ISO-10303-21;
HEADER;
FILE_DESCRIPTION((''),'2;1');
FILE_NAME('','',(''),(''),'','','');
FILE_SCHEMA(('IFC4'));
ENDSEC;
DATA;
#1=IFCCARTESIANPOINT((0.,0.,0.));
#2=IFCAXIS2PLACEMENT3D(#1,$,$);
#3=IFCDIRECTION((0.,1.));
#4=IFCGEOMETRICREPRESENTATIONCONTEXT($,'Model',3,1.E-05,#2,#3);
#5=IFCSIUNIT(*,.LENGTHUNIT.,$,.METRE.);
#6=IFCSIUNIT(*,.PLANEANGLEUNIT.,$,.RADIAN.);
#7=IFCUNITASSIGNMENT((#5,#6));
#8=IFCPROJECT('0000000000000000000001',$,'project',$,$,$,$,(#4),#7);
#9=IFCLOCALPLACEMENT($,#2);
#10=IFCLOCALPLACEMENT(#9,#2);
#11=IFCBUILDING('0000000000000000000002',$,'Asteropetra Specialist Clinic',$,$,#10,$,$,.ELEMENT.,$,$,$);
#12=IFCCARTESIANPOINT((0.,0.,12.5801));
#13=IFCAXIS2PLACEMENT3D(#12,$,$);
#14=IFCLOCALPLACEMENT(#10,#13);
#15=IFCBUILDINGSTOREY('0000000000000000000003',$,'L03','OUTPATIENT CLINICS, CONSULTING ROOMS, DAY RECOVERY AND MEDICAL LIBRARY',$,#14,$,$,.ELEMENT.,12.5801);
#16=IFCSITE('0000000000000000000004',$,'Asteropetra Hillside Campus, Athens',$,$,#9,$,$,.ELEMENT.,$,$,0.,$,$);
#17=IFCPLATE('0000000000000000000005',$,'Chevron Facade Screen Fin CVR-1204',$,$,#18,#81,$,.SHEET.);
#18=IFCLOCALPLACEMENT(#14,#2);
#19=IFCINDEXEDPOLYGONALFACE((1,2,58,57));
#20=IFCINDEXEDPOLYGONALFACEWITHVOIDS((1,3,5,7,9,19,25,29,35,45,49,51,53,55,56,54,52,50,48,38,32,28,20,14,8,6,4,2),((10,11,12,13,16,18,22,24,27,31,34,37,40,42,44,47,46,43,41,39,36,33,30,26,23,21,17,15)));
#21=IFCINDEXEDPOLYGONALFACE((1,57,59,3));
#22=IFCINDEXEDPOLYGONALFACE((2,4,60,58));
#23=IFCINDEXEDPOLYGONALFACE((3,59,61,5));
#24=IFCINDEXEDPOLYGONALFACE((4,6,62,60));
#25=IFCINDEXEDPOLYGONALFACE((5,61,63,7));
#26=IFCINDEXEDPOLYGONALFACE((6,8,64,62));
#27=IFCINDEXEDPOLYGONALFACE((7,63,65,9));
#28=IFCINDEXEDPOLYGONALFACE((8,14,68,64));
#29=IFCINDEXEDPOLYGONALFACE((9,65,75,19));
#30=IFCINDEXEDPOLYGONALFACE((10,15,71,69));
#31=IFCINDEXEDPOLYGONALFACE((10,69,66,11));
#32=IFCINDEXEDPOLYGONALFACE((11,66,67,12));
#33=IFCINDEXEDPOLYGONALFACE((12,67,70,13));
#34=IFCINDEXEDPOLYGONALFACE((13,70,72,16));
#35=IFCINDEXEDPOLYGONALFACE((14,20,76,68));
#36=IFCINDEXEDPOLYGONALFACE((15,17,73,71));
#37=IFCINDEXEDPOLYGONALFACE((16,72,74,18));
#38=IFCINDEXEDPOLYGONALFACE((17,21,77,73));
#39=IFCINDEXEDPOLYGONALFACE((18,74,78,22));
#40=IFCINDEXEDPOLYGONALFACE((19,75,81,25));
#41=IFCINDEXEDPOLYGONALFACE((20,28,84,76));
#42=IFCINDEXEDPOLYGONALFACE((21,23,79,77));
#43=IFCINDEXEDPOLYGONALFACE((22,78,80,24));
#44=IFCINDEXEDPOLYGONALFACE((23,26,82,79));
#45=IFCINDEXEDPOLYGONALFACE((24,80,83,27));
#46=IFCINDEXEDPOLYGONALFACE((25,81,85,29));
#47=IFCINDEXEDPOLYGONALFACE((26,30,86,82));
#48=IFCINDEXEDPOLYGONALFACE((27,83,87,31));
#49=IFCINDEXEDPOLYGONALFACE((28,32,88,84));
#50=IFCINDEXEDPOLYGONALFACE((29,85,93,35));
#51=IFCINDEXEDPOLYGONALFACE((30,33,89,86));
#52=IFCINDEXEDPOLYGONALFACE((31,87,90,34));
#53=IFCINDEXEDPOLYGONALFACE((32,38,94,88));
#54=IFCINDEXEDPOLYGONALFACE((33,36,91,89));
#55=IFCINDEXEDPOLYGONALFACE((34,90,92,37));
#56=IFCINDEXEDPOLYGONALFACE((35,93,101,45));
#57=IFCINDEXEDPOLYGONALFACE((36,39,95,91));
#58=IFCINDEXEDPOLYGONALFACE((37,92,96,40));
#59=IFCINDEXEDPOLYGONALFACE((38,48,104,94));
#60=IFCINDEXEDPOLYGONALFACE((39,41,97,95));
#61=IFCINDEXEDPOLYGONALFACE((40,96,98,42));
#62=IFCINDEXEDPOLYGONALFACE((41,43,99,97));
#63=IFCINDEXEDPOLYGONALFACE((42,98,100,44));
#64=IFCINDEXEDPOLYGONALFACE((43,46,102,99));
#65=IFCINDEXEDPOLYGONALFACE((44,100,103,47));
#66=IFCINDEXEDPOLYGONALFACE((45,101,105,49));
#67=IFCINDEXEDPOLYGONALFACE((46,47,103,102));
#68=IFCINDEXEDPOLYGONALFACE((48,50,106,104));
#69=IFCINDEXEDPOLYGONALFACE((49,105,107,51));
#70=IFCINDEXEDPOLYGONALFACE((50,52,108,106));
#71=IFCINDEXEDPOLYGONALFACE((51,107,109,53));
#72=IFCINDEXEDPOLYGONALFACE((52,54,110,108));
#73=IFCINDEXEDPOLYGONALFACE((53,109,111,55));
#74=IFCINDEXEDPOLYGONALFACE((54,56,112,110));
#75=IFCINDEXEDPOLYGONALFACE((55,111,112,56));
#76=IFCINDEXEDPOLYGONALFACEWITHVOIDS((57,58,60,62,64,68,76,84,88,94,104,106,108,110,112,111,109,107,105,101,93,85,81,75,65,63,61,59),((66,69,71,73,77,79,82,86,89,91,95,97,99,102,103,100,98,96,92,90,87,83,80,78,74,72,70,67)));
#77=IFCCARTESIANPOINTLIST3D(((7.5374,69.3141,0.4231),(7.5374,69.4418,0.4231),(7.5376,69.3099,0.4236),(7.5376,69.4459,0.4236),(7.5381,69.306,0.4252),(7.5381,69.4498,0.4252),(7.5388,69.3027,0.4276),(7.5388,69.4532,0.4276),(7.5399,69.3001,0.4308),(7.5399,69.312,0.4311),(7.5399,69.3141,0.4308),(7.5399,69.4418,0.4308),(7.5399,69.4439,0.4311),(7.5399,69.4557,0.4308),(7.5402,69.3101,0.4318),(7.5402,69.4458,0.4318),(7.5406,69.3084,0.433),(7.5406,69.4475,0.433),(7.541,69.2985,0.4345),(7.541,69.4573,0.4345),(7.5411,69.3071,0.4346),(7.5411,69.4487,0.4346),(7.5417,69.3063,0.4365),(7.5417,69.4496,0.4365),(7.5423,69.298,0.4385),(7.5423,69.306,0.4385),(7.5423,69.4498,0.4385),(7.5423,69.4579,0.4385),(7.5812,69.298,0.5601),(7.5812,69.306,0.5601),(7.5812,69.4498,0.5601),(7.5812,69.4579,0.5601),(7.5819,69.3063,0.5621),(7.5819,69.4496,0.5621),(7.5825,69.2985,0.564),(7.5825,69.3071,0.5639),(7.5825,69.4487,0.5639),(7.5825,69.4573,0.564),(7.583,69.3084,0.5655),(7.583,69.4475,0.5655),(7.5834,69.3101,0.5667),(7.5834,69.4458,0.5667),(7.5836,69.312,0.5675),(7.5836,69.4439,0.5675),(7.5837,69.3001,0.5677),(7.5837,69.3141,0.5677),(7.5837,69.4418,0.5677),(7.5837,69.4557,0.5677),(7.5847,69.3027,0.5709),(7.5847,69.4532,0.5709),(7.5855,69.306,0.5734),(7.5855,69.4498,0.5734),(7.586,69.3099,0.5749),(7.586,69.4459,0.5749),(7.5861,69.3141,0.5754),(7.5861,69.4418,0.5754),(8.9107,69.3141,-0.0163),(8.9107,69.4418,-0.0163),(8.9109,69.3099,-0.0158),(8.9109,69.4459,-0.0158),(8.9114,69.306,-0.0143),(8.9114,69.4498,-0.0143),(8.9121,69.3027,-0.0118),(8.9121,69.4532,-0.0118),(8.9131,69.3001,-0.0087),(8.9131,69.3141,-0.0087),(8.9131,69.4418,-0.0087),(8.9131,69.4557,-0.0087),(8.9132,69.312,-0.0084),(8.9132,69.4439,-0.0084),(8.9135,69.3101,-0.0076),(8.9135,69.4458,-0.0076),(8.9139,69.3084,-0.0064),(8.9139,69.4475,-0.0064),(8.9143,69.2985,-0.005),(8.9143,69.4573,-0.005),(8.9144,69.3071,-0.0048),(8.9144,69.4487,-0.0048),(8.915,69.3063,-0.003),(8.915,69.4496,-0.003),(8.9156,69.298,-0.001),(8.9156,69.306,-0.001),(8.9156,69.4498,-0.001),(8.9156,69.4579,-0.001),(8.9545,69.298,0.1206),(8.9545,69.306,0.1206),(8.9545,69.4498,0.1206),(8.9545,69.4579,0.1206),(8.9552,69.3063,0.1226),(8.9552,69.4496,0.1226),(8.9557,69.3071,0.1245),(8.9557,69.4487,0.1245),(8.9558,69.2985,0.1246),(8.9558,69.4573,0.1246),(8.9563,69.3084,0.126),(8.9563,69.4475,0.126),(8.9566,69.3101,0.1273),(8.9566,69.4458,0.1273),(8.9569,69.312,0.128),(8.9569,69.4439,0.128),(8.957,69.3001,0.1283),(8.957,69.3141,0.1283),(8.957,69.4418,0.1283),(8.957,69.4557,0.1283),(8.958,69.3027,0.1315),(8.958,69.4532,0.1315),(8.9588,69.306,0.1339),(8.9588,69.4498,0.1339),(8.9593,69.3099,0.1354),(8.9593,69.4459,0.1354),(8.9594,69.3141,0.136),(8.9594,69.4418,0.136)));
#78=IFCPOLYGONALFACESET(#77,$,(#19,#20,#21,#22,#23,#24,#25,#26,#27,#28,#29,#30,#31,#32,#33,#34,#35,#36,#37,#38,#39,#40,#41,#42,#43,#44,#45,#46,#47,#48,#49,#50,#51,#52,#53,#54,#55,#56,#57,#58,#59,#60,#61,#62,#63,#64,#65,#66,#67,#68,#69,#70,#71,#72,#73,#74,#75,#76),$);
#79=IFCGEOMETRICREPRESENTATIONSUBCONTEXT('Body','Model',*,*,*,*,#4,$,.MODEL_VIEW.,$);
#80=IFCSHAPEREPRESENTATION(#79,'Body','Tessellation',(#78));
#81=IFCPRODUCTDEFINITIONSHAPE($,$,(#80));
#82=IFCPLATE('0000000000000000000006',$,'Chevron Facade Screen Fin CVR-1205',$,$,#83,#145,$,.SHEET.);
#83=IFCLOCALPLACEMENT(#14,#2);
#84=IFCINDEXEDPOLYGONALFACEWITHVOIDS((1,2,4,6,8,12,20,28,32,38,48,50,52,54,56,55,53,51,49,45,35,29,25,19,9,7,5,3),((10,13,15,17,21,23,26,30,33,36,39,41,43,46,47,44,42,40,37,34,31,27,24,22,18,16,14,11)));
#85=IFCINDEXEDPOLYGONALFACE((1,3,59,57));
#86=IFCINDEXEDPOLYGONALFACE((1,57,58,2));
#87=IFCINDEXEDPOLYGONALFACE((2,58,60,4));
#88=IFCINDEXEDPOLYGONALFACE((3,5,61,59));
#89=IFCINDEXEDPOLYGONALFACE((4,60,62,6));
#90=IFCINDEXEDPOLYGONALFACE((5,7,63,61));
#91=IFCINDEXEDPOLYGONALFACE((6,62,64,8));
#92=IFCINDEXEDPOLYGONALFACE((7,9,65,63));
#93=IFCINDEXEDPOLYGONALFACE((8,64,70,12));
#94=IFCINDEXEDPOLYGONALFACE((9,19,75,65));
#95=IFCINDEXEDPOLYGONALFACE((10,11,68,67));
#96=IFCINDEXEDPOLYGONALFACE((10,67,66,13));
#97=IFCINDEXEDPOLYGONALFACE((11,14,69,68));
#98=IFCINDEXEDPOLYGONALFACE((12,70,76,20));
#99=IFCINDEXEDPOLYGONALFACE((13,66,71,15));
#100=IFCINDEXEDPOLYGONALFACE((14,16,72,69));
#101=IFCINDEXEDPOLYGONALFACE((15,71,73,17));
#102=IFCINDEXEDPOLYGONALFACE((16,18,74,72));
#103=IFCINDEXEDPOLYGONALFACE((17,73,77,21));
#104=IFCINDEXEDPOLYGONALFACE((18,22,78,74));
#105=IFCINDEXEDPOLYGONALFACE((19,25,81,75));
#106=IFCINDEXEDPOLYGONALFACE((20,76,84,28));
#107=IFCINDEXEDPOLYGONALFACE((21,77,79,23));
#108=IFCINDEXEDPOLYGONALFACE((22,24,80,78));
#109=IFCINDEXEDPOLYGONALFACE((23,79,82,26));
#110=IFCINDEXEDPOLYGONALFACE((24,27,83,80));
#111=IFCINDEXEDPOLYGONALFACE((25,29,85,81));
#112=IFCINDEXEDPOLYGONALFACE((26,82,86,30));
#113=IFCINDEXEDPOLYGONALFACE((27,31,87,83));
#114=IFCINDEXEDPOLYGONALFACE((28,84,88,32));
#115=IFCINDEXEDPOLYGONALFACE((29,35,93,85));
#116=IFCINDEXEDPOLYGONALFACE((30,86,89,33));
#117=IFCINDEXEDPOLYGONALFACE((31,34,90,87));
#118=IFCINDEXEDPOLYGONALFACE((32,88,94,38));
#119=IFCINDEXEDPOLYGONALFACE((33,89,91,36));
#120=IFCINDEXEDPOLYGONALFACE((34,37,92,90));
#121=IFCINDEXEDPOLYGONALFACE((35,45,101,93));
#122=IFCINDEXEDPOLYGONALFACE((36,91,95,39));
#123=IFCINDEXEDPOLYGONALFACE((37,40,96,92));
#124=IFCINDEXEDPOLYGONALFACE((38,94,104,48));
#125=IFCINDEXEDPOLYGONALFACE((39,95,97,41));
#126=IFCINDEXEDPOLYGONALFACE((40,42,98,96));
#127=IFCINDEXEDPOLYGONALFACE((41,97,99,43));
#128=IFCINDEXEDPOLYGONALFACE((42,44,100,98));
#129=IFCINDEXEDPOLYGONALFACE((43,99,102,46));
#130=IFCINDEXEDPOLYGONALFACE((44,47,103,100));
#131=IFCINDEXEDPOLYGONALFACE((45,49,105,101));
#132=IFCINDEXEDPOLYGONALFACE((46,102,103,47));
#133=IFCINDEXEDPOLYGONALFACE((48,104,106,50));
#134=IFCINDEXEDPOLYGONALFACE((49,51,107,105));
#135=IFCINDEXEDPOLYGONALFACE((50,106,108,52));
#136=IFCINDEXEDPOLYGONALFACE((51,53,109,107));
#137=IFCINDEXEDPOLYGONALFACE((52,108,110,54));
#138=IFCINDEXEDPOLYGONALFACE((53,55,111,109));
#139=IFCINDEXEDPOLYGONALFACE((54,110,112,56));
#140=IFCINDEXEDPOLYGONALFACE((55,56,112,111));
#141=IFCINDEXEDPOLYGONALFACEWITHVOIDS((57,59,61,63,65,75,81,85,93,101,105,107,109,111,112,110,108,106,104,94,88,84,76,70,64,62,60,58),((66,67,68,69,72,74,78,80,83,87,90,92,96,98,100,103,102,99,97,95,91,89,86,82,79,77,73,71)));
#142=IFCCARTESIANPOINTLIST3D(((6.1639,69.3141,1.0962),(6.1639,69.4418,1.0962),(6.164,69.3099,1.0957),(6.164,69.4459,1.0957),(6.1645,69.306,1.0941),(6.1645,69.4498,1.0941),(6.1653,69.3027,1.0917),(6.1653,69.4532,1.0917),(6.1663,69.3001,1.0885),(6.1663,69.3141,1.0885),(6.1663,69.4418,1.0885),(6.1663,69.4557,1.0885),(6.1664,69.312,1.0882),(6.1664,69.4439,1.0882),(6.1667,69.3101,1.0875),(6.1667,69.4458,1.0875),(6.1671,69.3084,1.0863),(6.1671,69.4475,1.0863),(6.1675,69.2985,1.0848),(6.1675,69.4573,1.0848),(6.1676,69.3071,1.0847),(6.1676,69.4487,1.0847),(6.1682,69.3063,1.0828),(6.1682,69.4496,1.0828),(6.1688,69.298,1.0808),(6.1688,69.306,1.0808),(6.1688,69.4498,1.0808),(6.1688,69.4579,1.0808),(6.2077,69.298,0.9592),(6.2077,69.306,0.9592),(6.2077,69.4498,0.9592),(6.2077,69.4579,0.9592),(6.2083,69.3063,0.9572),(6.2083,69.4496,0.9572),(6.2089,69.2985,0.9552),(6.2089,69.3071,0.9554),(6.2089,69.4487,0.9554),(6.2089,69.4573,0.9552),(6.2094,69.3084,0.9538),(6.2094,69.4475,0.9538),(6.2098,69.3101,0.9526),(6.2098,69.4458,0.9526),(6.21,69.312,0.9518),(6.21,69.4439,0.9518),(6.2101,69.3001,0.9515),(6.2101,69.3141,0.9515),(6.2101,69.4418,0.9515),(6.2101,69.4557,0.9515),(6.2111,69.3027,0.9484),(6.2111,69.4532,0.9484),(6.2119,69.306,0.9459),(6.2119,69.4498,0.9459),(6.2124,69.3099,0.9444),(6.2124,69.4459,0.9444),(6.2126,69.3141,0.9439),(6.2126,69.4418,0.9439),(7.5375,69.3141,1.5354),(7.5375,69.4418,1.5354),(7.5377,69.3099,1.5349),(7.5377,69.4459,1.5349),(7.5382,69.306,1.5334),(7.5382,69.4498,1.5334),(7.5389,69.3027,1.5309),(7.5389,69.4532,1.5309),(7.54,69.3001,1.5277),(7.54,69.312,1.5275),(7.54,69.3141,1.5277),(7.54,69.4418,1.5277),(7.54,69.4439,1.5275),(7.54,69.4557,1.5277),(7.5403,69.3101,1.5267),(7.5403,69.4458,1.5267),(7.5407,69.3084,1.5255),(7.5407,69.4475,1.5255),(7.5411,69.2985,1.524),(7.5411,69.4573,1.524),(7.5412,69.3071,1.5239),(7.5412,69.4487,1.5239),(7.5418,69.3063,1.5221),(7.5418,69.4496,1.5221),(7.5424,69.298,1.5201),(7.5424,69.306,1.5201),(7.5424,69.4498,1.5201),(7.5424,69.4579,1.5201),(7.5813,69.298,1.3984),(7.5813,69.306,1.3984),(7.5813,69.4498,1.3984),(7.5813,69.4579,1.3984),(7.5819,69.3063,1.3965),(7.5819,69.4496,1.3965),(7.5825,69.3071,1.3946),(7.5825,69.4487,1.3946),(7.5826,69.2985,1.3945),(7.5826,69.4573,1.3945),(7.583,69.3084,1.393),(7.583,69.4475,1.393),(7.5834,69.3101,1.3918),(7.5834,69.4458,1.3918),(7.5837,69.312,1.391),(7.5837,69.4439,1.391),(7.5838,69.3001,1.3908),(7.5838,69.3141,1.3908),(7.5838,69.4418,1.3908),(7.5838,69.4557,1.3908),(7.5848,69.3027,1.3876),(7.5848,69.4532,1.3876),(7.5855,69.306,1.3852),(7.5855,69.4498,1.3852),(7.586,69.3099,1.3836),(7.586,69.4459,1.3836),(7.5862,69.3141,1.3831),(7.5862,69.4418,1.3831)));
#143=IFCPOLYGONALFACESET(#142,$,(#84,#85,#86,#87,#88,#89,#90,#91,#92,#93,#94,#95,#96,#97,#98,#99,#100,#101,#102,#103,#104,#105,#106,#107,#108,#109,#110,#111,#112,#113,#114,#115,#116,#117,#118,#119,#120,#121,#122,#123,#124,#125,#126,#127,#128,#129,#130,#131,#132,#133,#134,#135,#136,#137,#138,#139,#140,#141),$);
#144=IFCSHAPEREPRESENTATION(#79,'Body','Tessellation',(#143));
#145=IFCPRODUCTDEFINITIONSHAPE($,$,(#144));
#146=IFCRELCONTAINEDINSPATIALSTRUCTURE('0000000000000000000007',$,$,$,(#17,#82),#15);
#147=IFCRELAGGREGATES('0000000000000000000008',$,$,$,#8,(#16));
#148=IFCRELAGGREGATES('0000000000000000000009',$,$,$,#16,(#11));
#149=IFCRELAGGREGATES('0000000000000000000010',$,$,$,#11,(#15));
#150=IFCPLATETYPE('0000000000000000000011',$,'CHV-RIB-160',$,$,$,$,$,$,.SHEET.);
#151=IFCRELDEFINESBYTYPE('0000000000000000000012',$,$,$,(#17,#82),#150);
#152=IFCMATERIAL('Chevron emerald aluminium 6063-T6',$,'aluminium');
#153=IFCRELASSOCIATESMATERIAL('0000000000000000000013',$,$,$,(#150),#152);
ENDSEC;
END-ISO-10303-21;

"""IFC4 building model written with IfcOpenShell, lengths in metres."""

from ifc_helpers import new_model, si_unit, direction, frame, origin, origin_2d, place, context, subcontext, project, spatial, hollow_rectangle, extrude, material, material_profile, profile_set, type_object, element, save


model = new_model("IFC4")

# Units and contexts
model_context = context("Model", 3, precision=1e-05, world=origin(), true_north=direction((0.0, 1.0)))
body_context = subcontext(model_context, "Body", "Model", "MODEL_VIEW")
ifc_project = project(units=[si_unit("LENGTHUNIT", "METRE"), si_unit("PLANEANGLEUNIT", "RADIAN")], contexts=[model_context])

# Site, building, storey
site_placement = place(None, origin())
site = spatial("IfcSite", under=ifc_project, at=site_placement, Name="Asteropetra Hillside Campus, Athens", CompositionType="ELEMENT", RefElevation=0.0)
building_placement = place(site_placement, origin())
building = spatial("IfcBuilding", under=site, at=building_placement, Name="Asteropetra Specialist Clinic", CompositionType="ELEMENT")
storey_placement = place(building_placement, frame((0.0, 0.0, 12.5801)))
storey = spatial("IfcBuildingStorey", under=building, at=storey_placement, Name="L03", Description="OUTPATIENT CLINICS, CONSULTING ROOMS, DAY RECOVERY AND MEDICAL LIBRARY", CompositionType="ELEMENT", Elevation=12.5801)

# Plates
ifc_material_1 = material(Name="Chevron emerald aluminium 6063-T6", Category="aluminium")
ifc_material_profile_1 = material_profile(ifc_material_1, hollow_rectangle(XDim=0.1599, YDim=0.1599, WallThickness=0.0081, InnerFilletRadius=0.0081, OuterFilletRadius=0.0161, at=origin_2d()), Name="SHS 160x160x8.0")
ifc_profile_set_1 = profile_set([ifc_material_profile_1], Name="Chevron emerald aluminium 6063-T6")
plate_type = type_object("IfcPlateType", Name="CHV-RIB-160", PredefinedType="SHEET", material=ifc_profile_set_1)
plate_1_placement = place(storey_placement, frame((7.5618, 69.3779, 0.4993), z_axis=(0.952424, 0.0, -0.304776), x_axis=(0.0, 1.0, 0.0)))
element("IfcPlate", 1, at=plate_1_placement, inside=storey, type_object=plate_type, Name="Chevron Facade Screen Fin CVR-1204", PredefinedType="SHEET", context=body_context, shape_type="SweptSolid", body=[
    extrude(hollow_rectangle(XDim=0.1599, YDim=0.1599, WallThickness=0.0081, InnerFilletRadius=0.0081, OuterFilletRadius=0.0161, at=origin_2d()), origin(), (0.0, 0.0, 1.0), 1.4419),
])
plate_2_placement = place(storey_placement, frame((6.1882, 69.3779, 1.02), z_axis=(0.952489, 0.0, 0.304573), x_axis=(0.0, 1.0, 0.0)))
element("IfcPlate", 2, at=plate_2_placement, inside=storey, type_object=plate_type, Name="Chevron Facade Screen Fin CVR-1205", PredefinedType="SHEET", context=body_context, shape_type="SweptSolid", body=[
    extrude(hollow_rectangle(XDim=0.1599, YDim=0.1599, WallThickness=0.0081, InnerFilletRadius=0.0081, OuterFilletRadius=0.0161, at=origin_2d()), origin(), (0.0, 0.0, 1.0), 1.4421),
])

save(model, "model.ifc")
